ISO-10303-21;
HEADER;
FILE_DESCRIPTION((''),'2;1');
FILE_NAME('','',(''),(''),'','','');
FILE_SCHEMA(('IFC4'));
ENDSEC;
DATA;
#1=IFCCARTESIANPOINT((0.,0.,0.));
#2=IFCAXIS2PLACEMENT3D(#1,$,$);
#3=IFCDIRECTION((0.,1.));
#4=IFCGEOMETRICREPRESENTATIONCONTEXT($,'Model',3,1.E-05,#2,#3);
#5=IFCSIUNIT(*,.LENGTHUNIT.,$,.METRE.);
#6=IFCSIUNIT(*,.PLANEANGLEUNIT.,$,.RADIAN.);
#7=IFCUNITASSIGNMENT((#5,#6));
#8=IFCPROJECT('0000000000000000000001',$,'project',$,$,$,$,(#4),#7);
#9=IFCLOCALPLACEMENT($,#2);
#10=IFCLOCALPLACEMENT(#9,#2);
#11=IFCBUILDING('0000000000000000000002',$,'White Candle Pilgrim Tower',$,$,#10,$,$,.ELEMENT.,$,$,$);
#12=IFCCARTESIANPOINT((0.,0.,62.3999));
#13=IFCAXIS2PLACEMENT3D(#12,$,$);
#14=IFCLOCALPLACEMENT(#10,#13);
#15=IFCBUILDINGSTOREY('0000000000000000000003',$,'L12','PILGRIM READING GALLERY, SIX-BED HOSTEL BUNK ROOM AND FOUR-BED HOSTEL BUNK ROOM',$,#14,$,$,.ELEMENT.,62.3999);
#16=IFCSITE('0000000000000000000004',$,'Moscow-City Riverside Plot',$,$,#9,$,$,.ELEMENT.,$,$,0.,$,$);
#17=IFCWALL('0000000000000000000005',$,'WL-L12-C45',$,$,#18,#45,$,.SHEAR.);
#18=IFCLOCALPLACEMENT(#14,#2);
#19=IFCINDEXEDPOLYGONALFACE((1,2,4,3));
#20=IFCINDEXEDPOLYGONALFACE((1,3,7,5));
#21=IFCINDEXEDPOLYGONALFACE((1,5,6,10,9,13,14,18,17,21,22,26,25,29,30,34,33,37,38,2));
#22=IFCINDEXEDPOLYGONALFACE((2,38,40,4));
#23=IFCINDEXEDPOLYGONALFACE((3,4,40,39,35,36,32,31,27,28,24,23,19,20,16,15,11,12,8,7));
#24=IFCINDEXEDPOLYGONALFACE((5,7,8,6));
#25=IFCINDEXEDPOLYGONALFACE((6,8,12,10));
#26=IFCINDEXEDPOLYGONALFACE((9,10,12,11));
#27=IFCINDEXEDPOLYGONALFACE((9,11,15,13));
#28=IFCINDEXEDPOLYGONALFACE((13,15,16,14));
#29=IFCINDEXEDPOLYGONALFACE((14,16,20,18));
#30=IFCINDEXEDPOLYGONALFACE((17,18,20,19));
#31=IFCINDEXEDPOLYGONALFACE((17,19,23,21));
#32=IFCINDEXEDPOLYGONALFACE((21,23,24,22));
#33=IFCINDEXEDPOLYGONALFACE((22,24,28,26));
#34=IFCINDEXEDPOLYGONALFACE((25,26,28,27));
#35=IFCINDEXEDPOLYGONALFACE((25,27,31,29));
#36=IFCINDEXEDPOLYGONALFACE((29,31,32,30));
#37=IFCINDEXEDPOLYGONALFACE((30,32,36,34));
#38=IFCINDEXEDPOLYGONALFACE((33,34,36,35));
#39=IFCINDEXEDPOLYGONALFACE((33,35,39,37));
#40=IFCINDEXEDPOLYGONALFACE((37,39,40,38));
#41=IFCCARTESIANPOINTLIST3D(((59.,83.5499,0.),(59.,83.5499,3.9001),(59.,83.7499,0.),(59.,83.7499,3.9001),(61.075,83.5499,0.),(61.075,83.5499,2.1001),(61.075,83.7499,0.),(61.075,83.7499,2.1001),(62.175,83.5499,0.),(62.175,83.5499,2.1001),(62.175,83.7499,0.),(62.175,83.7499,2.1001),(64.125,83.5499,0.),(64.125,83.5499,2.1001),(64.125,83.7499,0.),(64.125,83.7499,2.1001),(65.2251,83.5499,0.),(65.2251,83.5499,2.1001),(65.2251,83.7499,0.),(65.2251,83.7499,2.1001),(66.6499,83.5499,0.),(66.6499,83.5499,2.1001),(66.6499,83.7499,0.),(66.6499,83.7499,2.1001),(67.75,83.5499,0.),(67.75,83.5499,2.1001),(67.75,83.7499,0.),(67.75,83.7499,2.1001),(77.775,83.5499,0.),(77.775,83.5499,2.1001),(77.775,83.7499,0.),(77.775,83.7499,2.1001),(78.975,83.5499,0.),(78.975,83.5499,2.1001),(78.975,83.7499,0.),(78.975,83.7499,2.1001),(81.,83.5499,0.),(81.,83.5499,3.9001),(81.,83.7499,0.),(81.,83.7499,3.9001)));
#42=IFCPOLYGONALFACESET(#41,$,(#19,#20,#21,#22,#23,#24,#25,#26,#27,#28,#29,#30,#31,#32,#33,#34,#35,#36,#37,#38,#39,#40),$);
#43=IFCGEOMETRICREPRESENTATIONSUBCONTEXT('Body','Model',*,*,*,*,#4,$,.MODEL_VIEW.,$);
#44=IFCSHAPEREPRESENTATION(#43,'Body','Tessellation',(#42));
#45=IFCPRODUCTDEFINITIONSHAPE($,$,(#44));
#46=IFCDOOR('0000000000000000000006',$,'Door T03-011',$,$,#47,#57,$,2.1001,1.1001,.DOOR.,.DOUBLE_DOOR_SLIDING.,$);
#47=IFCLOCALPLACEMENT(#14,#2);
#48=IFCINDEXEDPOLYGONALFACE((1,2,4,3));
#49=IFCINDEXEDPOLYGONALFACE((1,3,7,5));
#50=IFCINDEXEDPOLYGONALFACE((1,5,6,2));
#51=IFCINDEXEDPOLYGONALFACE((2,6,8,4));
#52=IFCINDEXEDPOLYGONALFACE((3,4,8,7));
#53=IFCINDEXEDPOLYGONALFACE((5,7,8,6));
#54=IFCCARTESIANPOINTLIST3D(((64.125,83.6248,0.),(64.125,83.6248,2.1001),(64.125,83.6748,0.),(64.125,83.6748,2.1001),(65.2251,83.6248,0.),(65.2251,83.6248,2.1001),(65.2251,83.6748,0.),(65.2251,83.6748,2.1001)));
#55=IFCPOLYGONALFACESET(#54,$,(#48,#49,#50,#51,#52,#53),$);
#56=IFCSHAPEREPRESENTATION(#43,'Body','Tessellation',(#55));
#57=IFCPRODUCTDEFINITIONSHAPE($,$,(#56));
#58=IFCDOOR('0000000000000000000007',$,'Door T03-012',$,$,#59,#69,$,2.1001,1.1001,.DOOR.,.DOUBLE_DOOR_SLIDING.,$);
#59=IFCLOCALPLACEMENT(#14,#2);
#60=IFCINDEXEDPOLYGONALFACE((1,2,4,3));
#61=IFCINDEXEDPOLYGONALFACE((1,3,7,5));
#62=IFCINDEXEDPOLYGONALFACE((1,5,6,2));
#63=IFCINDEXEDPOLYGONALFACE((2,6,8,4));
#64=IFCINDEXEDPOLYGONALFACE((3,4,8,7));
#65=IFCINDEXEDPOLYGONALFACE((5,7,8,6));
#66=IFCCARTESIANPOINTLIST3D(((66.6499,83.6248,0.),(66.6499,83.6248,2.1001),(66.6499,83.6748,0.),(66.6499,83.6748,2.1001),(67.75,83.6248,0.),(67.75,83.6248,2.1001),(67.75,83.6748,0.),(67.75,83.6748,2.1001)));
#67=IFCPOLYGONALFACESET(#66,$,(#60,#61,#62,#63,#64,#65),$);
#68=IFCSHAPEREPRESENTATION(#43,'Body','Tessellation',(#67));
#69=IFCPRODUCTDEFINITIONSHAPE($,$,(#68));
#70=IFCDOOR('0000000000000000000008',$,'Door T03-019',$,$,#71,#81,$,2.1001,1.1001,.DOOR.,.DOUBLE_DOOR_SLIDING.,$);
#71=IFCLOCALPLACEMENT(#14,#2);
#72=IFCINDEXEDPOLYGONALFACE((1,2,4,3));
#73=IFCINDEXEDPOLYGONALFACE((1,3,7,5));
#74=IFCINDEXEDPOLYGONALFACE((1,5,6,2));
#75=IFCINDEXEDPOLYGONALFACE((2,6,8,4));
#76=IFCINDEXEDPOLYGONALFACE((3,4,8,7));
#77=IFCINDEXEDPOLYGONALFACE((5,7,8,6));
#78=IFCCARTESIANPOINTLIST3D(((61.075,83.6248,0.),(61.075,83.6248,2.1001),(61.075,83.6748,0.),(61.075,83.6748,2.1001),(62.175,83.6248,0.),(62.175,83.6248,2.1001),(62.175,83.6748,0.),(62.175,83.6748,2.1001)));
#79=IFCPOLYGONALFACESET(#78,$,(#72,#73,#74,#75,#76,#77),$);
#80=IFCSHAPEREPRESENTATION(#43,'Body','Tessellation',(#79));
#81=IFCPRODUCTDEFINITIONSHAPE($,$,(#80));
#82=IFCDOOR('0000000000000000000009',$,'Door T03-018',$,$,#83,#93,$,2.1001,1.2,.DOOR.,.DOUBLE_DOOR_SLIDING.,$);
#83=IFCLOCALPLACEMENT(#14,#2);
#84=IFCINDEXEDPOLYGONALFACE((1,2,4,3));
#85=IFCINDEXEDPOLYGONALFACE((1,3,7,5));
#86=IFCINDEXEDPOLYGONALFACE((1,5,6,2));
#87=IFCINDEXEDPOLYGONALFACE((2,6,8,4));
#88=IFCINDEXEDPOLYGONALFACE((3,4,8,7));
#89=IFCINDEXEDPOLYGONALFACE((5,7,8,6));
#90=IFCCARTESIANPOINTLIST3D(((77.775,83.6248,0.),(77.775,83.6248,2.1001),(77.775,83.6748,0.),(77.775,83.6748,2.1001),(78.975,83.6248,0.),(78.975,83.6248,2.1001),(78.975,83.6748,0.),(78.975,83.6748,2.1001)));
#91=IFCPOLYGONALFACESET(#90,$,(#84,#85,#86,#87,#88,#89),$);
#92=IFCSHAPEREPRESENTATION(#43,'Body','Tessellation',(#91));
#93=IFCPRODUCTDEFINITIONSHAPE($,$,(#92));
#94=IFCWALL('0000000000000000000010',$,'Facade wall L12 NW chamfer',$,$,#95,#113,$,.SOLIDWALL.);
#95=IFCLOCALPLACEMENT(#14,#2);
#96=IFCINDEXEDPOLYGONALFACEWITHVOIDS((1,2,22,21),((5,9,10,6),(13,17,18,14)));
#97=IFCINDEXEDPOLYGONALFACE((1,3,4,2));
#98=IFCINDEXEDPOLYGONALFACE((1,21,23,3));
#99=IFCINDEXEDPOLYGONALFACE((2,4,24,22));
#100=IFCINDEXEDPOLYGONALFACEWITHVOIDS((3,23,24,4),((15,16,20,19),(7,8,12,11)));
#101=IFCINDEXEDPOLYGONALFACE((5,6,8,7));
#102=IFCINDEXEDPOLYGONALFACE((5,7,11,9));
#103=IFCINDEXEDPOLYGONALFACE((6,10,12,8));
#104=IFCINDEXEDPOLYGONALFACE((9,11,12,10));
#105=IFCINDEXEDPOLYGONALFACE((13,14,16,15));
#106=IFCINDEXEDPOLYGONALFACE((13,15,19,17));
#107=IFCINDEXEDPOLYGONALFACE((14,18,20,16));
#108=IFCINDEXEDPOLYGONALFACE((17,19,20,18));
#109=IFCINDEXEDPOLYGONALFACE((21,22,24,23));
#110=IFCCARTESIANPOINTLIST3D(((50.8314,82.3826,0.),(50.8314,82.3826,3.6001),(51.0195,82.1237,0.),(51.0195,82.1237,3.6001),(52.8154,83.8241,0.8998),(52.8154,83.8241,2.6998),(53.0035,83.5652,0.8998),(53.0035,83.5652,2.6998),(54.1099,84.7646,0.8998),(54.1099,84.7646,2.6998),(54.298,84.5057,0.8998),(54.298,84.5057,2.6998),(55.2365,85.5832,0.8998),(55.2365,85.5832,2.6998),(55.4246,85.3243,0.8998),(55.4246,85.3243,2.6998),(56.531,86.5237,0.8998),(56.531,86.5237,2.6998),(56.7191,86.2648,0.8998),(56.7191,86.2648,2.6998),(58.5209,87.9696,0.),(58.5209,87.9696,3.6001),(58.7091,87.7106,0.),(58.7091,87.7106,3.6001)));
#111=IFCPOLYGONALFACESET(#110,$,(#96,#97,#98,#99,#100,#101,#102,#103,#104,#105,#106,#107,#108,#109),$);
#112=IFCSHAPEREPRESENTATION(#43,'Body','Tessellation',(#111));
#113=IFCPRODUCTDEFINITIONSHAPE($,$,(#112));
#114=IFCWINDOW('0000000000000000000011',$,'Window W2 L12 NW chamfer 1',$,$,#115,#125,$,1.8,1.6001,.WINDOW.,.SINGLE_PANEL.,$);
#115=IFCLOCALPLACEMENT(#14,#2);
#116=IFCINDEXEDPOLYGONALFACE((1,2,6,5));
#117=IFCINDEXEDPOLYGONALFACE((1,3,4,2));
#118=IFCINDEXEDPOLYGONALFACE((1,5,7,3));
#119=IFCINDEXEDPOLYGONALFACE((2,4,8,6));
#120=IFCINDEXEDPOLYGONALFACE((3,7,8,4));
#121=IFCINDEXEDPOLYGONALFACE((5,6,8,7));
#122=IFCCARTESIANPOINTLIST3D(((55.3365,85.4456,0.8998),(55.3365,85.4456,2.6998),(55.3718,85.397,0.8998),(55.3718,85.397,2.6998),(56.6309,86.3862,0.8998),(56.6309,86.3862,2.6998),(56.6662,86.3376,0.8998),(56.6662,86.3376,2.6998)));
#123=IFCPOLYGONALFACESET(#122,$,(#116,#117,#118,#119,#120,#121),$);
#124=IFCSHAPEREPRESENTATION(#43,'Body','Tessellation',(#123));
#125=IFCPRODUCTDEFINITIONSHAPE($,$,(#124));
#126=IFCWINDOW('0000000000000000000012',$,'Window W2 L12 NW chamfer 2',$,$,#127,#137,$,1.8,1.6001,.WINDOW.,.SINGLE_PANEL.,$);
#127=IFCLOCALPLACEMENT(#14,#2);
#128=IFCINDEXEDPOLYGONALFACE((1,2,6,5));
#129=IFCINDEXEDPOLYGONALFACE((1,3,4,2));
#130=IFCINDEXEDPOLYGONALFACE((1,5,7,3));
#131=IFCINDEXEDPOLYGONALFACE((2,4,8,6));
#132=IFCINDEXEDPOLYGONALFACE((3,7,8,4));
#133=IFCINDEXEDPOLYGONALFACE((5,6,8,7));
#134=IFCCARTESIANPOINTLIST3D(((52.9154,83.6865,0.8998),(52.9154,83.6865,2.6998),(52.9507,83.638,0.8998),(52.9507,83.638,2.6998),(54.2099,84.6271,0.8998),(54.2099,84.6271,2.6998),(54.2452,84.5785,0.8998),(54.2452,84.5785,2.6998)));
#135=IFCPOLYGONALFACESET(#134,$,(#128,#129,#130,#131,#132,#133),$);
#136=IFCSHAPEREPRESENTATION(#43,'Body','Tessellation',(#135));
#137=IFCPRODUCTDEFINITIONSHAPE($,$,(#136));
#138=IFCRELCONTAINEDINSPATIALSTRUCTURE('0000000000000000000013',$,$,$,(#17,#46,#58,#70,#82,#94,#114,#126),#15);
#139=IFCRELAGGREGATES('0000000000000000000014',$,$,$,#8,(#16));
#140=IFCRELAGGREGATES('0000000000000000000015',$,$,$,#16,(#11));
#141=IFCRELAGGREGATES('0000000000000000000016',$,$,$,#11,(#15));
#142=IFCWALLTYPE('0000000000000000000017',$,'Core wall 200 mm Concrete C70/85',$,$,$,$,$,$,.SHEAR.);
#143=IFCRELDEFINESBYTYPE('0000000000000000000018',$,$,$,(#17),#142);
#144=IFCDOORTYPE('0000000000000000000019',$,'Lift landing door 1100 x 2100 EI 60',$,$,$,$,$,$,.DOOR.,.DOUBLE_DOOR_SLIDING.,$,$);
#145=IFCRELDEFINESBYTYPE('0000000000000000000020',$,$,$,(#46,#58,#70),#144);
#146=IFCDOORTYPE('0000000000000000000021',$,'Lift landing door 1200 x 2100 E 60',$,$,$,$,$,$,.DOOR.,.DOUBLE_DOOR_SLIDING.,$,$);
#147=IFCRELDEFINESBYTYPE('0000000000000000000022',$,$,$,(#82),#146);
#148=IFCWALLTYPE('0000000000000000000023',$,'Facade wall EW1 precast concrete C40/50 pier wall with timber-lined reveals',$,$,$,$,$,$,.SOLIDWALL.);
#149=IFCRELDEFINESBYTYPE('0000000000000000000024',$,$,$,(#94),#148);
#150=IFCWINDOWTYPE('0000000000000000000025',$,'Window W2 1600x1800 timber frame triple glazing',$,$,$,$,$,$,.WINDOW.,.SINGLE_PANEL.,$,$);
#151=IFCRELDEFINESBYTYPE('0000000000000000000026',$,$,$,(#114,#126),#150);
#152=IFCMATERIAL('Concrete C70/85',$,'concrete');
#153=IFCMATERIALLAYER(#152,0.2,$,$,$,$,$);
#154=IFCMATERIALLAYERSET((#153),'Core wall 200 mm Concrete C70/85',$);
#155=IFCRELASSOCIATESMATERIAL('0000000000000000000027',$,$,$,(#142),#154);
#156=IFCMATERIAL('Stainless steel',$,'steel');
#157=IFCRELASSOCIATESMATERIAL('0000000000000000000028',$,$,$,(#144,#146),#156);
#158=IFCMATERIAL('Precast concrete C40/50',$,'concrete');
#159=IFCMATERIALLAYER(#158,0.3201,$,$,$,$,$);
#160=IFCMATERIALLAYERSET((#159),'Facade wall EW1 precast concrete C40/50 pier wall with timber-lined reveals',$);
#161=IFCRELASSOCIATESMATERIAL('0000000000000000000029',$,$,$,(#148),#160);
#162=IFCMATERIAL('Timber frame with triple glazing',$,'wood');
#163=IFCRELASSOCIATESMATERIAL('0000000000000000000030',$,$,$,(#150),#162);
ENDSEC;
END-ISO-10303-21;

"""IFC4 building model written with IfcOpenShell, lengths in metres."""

from ifc_helpers import new_model, si_unit, direction, frame, frame_2d, origin, place, context, subcontext, project, spatial, rectangle, extrude, material, layer, layer_set, type_object, element, fill, save


model = new_model("IFC4")

# Units and contexts
model_context = context("Model", 3, precision=1e-05, world=origin(), true_north=direction((0.0, 1.0)))
body_context = subcontext(model_context, "Body", "Model", "MODEL_VIEW")
ifc_project = project(units=[si_unit("LENGTHUNIT", "METRE"), si_unit("PLANEANGLEUNIT", "RADIAN")], contexts=[model_context])

# Site, building, storey
site_placement = place(None, origin())
site = spatial("IfcSite", under=ifc_project, at=site_placement, Name="Moscow-City Riverside Plot", CompositionType="ELEMENT", RefElevation=0.0)
building_placement = place(site_placement, origin())
building = spatial("IfcBuilding", under=site, at=building_placement, Name="White Candle Pilgrim Tower", CompositionType="ELEMENT")
storey_placement = place(building_placement, frame((0.0, 0.0, 62.3999)))
storey = spatial("IfcBuildingStorey", under=building, at=storey_placement, Name="L12", Description="PILGRIM READING GALLERY, SIX-BED HOSTEL BUNK ROOM AND FOUR-BED HOSTEL BUNK ROOM", CompositionType="ELEMENT", Elevation=62.3999)

# Shared definitions
ifc_material_1 = material(Name="Concrete C70/85", Category="concrete")
ifc_layer_1 = layer(ifc_material_1, 0.2)
ifc_layer_set_1 = layer_set([ifc_layer_1], Name="Core wall 200 mm Concrete C70/85")
wall_type_1 = type_object("IfcWallType", Name="Core wall 200 mm Concrete C70/85", PredefinedType="SHEAR", material=ifc_layer_set_1)

# Wall, openings, doors
wall_1_placement = place(storey_placement, frame((59.0, 83.6499, 0.0), z_axis=(0.0, 0.0, 1.0), x_axis=(1.0, 0.0, 0.0)))
wall_1 = element("IfcWall", 1, at=wall_1_placement, inside=storey, type_object=wall_type_1, Name="WL-L12-C45", PredefinedType="SHEAR", context=body_context, shape_type="SweptSolid", body=[
    extrude(rectangle(XDim=22.0, YDim=0.2, at=frame_2d((11.0, 0.0))), origin(), (0.0, 0.0, 1.0), 3.9001),
])
opening_1_placement = place(wall_1_placement, frame((5.125, 0.0, 0.0)))
opening_1 = element("IfcOpeningElement", 2, at=opening_1_placement, cuts=wall_1, PredefinedType="OPENING", context=body_context, shape_type="SweptSolid", body=[
    extrude(rectangle(XDim=1.1001, YDim=2.1001, at=frame_2d((0.55, 1.05))), frame((0.0, 0.1099, 0.0), z_axis=(0.0, -1.0, 0.0), x_axis=(1.0, 0.0, 0.0)), (0.0, 0.0, 1.0), 0.22),
])
opening_2_placement = place(wall_1_placement, frame((7.6499, 0.0, 0.0)))
opening_2 = element("IfcOpeningElement", 3, at=opening_2_placement, cuts=wall_1, PredefinedType="OPENING", context=body_context, shape_type="SweptSolid", body=[
    extrude(rectangle(XDim=1.1001, YDim=2.1001, at=frame_2d((0.55, 1.05))), frame((0.0, 0.1099, 0.0), z_axis=(0.0, -1.0, 0.0), x_axis=(1.0, 0.0, 0.0)), (0.0, 0.0, 1.0), 0.22),
])
opening_3_placement = place(wall_1_placement, frame((18.7749, 0.0, 0.0)))
opening_3 = element("IfcOpeningElement", 4, at=opening_3_placement, cuts=wall_1, PredefinedType="OPENING", context=body_context, shape_type="SweptSolid", body=[
    extrude(rectangle(XDim=1.2, YDim=2.1001, at=frame_2d((0.6001, 1.05))), frame((0.0, 0.1099, 0.0), z_axis=(0.0, -1.0, 0.0), x_axis=(1.0, 0.0, 0.0)), (0.0, 0.0, 1.0), 0.22),
])
opening_4_placement = place(wall_1_placement, frame((2.075, 0.0, 0.0)))
opening_4 = element("IfcOpeningElement", 5, at=opening_4_placement, cuts=wall_1, PredefinedType="OPENING", context=body_context, shape_type="SweptSolid", body=[
    extrude(rectangle(XDim=1.1001, YDim=2.1001, at=frame_2d((0.55, 1.05))), frame((0.0, 0.1099, 0.0), z_axis=(0.0, -1.0, 0.0), x_axis=(1.0, 0.0, 0.0)), (0.0, 0.0, 1.0), 0.22),
])
ifc_material_2 = material(Name="Stainless steel", Category="steel")
door_type_1 = type_object("IfcDoorType", Name="Lift landing door 1100 x 2100 EI 60", OperationType="DOUBLE_DOOR_SLIDING", PredefinedType="DOOR", material=ifc_material_2)
door_1_placement = place(opening_1_placement, origin())
door_1 = element("IfcDoor", 6, at=door_1_placement, inside=storey, type_object=door_type_1, Name="Door T03-011", OperationType="DOUBLE_DOOR_SLIDING", OverallHeight=2.1001, OverallWidth=1.1001, PredefinedType="DOOR", context=body_context, shape_type="SweptSolid", body=[
    extrude(rectangle(XDim=1.1001, YDim=2.1001, at=frame_2d((0.55, 1.05))), frame((0.0, 0.0249, 0.0), z_axis=(0.0, -1.0, 0.0), x_axis=(1.0, 0.0, 0.0)), (0.0, 0.0, 1.0), 0.05),
])
fill(opening_1, door_1)
door_2_placement = place(opening_2_placement, origin())
door_2 = element("IfcDoor", 7, at=door_2_placement, inside=storey, type_object=door_type_1, Name="Door T03-012", OperationType="DOUBLE_DOOR_SLIDING", OverallHeight=2.1001, OverallWidth=1.1001, PredefinedType="DOOR", context=body_context, shape_type="SweptSolid", body=[
    extrude(rectangle(XDim=1.1001, YDim=2.1001, at=frame_2d((0.55, 1.05))), frame((0.0, 0.0249, 0.0), z_axis=(0.0, -1.0, 0.0), x_axis=(1.0, 0.0, 0.0)), (0.0, 0.0, 1.0), 0.05),
])
fill(opening_2, door_2)
door_3_placement = place(opening_4_placement, origin())
door_3 = element("IfcDoor", 8, at=door_3_placement, inside=storey, type_object=door_type_1, Name="Door T03-019", OperationType="DOUBLE_DOOR_SLIDING", OverallHeight=2.1001, OverallWidth=1.1001, PredefinedType="DOOR", context=body_context, shape_type="SweptSolid", body=[
    extrude(rectangle(XDim=1.1001, YDim=2.1001, at=frame_2d((0.55, 1.05))), frame((0.0, 0.0249, 0.0), z_axis=(0.0, -1.0, 0.0), x_axis=(1.0, 0.0, 0.0)), (0.0, 0.0, 1.0), 0.05),
])
fill(opening_4, door_3)
door_type_2 = type_object("IfcDoorType", Name="Lift landing door 1200 x 2100 E 60", OperationType="DOUBLE_DOOR_SLIDING", PredefinedType="DOOR", material=ifc_material_2)
door_4_placement = place(opening_3_placement, origin())
door_4 = element("IfcDoor", 9, at=door_4_placement, inside=storey, type_object=door_type_2, Name="Door T03-018", OperationType="DOUBLE_DOOR_SLIDING", OverallHeight=2.1001, OverallWidth=1.2, PredefinedType="DOOR", context=body_context, shape_type="SweptSolid", body=[
    extrude(rectangle(XDim=1.2, YDim=2.1001, at=frame_2d((0.6001, 1.05))), frame((0.0, 0.0249, 0.0), z_axis=(0.0, -1.0, 0.0), x_axis=(1.0, 0.0, 0.0)), (0.0, 0.0, 1.0), 0.05),
])
fill(opening_3, door_4)

# Wall, openings, windows
ifc_material_3 = material(Name="Precast concrete C40/50", Category="concrete")
ifc_layer_2 = layer(ifc_material_3, 0.3201)
ifc_layer_set_2 = layer_set([ifc_layer_2], Name="Facade wall EW1 precast concrete C40/50 pier wall with timber-lined reveals")
wall_type_2 = type_object("IfcWallType", Name="Facade wall EW1 precast concrete C40/50 pier wall with timber-lined reveals", PredefinedType="SOLIDWALL", material=ifc_layer_set_2)
wall_2_placement = place(storey_placement, frame((58.615, 87.8401, 0.0), z_axis=(0.0, 0.0, 1.0), x_axis=(-0.809007, -0.587799, 0.0)))
wall_2 = element("IfcWall", 10, at=wall_2_placement, inside=storey, type_object=wall_type_2, Name="Facade wall L12 NW chamfer", PredefinedType="SOLIDWALL", context=body_context, shape_type="SweptSolid", body=[
    extrude(rectangle(XDim=9.5049, YDim=0.3201, at=frame_2d((4.7524, 0.0))), origin(), (0.0, 0.0, 1.0), 3.6001),
])
opening_5_placement = place(wall_2_placement, frame((2.4597, 0.0, 0.8999)))
opening_5 = element("IfcOpeningElement", 11, at=opening_5_placement, cuts=wall_2, PredefinedType="OPENING", context=body_context, shape_type="SweptSolid", body=[
    extrude(rectangle(XDim=1.6001, YDim=1.8, at=frame_2d((0.8, 0.8999))), frame((0.0, 0.1699, 0.0), z_axis=(0.0, -1.0, 0.0), x_axis=(1.0, 0.0, 0.0)), (0.0, 0.0, 1.0), 0.3401),
])
opening_6_placement = place(wall_2_placement, frame((5.4524, 0.0, 0.8999)))
opening_6 = element("IfcOpeningElement", 12, at=opening_6_placement, cuts=wall_2, PredefinedType="OPENING", context=body_context, shape_type="SweptSolid", body=[
    extrude(rectangle(XDim=1.6001, YDim=1.8, at=frame_2d((0.8, 0.8999))), frame((0.0, 0.1699, 0.0), z_axis=(0.0, -1.0, 0.0), x_axis=(1.0, 0.0, 0.0)), (0.0, 0.0, 1.0), 0.3401),
])
ifc_material_4 = material(Name="Timber frame with triple glazing", Category="wood")
window_type_1 = type_object("IfcWindowType", Name="Window W2 1600x1800 timber frame triple glazing", PartitioningType="SINGLE_PANEL", PredefinedType="WINDOW", material=ifc_material_4)
window_1_placement = place(opening_5_placement, origin())
window_1 = element("IfcWindow", 13, at=window_1_placement, inside=storey, type_object=window_type_1, Name="Window W2 L12 NW chamfer 1", OverallHeight=1.8, OverallWidth=1.6001, PartitioningType="SINGLE_PANEL", PredefinedType="WINDOW", context=body_context, shape_type="SweptSolid", body=[
    extrude(rectangle(XDim=1.6001, YDim=1.8, at=frame_2d((0.8, 0.8999))), frame((0.0, 0.0701, 0.0), z_axis=(0.0, -1.0, 0.0), x_axis=(1.0, 0.0, 0.0)), (0.0, 0.0, 1.0), 0.0601),
])
fill(opening_5, window_1)
window_2_placement = place(opening_6_placement, origin())
window_2 = element("IfcWindow", 14, at=window_2_placement, inside=storey, type_object=window_type_1, Name="Window W2 L12 NW chamfer 2", OverallHeight=1.8, OverallWidth=1.6001, PartitioningType="SINGLE_PANEL", PredefinedType="WINDOW", context=body_context, shape_type="SweptSolid", body=[
    extrude(rectangle(XDim=1.6001, YDim=1.8, at=frame_2d((0.8, 0.8999))), frame((0.0, 0.0701, 0.0), z_axis=(0.0, -1.0, 0.0), x_axis=(1.0, 0.0, 0.0)), (0.0, 0.0, 1.0), 0.0601),
])
fill(opening_6, window_2)

save(model, "model.ifc")
